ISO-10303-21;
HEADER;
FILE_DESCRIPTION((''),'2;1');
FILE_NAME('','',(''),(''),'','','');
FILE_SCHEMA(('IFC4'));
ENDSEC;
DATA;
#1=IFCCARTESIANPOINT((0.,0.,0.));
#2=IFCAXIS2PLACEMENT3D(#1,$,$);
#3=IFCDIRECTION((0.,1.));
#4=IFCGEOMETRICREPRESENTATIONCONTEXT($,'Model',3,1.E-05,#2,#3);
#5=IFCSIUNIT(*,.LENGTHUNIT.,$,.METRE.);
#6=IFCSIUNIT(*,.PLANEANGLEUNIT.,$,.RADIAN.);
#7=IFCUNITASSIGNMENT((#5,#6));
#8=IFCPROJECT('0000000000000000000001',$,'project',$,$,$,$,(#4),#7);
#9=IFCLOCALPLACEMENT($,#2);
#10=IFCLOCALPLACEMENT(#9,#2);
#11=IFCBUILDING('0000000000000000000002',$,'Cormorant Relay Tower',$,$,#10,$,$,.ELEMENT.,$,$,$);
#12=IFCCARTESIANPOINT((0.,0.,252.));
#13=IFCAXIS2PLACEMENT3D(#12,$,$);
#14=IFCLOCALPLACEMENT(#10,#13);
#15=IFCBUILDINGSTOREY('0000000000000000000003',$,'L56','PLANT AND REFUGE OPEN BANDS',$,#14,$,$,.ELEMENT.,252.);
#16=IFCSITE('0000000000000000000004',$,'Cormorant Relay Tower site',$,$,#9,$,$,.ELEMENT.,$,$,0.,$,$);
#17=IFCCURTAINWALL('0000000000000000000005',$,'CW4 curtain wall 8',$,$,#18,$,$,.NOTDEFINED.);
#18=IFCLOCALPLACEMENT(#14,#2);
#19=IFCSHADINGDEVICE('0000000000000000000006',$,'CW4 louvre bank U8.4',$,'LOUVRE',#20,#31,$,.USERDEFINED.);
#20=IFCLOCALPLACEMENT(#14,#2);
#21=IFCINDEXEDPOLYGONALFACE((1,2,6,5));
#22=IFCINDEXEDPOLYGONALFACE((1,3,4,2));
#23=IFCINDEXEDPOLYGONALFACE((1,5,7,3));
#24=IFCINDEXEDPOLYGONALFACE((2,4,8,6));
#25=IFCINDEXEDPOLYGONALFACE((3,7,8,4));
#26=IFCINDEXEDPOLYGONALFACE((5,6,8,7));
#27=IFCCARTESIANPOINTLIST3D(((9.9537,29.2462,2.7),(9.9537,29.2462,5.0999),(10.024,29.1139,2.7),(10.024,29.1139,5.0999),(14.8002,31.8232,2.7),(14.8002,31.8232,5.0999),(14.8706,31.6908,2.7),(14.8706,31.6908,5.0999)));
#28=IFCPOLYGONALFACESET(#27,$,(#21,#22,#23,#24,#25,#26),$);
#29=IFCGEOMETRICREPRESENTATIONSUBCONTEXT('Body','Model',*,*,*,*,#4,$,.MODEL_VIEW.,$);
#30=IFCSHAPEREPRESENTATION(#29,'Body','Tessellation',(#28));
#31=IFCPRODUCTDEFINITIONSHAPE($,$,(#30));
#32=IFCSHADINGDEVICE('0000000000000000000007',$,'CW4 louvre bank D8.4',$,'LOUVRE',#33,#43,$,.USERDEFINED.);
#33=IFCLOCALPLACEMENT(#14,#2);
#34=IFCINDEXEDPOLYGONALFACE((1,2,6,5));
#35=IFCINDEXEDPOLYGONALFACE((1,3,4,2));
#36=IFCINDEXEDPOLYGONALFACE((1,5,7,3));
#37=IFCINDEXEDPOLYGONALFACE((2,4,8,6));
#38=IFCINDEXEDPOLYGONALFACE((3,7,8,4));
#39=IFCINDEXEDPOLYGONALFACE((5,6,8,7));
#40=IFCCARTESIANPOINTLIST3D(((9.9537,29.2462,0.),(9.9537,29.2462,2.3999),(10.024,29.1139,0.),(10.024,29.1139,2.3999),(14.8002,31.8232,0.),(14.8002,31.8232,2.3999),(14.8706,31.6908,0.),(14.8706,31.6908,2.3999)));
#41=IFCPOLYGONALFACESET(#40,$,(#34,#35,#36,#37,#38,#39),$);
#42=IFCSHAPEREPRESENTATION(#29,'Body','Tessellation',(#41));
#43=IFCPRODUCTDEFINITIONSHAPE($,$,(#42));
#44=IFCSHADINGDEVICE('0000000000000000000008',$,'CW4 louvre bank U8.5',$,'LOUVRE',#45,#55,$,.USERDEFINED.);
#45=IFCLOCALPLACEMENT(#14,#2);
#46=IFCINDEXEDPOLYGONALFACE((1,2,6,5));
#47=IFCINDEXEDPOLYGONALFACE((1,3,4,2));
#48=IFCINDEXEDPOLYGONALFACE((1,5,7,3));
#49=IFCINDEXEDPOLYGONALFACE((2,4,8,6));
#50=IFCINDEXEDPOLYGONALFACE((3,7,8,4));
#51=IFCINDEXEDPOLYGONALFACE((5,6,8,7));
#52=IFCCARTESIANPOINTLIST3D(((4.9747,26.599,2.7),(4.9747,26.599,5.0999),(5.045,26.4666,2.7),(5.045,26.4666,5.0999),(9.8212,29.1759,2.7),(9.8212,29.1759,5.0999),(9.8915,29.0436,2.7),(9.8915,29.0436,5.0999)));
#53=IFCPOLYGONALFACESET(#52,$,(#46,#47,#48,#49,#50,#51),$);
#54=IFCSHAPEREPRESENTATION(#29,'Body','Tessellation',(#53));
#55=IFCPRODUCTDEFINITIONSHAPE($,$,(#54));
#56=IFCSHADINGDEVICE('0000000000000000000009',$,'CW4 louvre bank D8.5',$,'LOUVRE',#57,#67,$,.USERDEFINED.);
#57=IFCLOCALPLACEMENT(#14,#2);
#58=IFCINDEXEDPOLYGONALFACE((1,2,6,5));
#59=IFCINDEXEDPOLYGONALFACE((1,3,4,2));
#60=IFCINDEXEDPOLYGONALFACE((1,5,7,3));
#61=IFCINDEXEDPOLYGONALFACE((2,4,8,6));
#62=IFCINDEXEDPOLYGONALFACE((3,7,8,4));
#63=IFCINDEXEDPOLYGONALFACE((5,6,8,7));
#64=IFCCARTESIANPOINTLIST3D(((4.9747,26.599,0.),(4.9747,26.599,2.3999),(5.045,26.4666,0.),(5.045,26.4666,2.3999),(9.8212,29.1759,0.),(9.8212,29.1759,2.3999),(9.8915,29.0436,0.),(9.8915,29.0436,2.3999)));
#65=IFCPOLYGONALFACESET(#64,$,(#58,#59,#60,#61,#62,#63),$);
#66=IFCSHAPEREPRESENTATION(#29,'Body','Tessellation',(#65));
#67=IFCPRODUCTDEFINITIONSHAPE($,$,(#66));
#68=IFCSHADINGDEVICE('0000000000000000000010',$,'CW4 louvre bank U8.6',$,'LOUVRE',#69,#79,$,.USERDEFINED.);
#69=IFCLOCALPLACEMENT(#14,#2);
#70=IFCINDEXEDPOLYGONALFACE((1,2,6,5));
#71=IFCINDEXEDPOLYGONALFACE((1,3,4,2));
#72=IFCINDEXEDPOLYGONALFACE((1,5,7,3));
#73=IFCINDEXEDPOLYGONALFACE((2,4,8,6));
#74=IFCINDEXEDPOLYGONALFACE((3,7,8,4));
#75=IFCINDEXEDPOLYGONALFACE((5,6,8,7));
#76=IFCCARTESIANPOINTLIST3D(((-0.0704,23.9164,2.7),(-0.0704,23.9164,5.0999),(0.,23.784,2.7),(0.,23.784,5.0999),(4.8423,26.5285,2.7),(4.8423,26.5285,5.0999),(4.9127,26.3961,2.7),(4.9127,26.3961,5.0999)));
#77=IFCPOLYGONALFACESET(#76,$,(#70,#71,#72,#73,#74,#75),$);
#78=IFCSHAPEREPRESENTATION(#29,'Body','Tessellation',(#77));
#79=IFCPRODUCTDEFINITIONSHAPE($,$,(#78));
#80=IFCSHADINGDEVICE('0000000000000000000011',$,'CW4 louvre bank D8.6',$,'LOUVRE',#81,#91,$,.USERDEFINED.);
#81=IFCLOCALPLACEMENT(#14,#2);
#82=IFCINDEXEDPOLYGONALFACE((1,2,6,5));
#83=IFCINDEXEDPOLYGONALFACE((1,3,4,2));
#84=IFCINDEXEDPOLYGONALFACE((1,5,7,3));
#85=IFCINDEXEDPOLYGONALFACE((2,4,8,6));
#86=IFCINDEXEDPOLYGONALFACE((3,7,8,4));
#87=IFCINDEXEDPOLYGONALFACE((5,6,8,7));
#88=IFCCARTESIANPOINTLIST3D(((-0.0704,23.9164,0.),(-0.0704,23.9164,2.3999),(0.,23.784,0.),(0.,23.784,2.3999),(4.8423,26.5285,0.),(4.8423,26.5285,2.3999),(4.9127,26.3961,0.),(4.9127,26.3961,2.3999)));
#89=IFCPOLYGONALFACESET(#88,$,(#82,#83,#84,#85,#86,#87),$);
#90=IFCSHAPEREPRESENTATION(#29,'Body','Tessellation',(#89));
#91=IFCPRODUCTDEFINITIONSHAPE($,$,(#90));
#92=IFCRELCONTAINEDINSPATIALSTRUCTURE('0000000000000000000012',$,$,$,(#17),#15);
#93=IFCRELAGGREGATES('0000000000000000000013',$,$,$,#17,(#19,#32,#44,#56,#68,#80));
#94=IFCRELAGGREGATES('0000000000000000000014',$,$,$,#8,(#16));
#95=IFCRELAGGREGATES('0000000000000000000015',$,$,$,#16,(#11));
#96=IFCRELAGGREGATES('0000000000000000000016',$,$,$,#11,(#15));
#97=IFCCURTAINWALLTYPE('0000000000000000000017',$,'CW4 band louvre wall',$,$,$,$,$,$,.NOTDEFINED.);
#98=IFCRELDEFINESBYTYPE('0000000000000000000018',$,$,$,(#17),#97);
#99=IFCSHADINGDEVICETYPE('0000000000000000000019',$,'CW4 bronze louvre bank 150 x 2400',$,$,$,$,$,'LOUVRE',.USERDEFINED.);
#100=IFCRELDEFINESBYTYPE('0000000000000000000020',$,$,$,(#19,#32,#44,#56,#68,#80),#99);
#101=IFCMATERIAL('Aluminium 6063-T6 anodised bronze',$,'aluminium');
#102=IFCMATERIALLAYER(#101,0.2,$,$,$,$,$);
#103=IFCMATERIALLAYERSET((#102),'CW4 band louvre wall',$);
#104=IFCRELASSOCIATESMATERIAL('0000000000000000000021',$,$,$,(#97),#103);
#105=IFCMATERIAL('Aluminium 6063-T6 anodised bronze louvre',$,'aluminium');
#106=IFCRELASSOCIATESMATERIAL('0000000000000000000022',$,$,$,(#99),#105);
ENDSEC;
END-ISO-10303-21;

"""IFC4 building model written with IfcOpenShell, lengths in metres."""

from ifc_helpers import new_model, si_unit, direction, frame, origin, origin_2d, place, context, subcontext, project, spatial, rectangle, extrude, material, layer, layer_set, type_object, element, aggregate, save


model = new_model("IFC4")

# Units and contexts
model_context = context("Model", 3, precision=1e-05, world=origin(), true_north=direction((0.0, 1.0)))
body_context = subcontext(model_context, "Body", "Model", "MODEL_VIEW")
ifc_project = project(units=[si_unit("LENGTHUNIT", "METRE"), si_unit("PLANEANGLEUNIT", "RADIAN")], contexts=[model_context])

# Site, building, storey
site_placement = place(None, origin())
site = spatial("IfcSite", under=ifc_project, at=site_placement, Name="Cormorant Relay Tower site", CompositionType="ELEMENT", RefElevation=0.0)
building_placement = place(site_placement, origin())
building = spatial("IfcBuilding", under=site, at=building_placement, Name="Cormorant Relay Tower", CompositionType="ELEMENT")
storey_placement = place(building_placement, frame((0.0, 0.0, 252.0)))
storey = spatial("IfcBuildingStorey", under=building, at=storey_placement, Name="L56", Description="PLANT AND REFUGE OPEN BANDS", CompositionType="ELEMENT", Elevation=252.0)

# Curtain wall
ifc_material_1 = material(Name="Aluminium 6063-T6 anodised bronze", Category="aluminium")
ifc_layer_1 = layer(ifc_material_1, 0.2)
ifc_layer_set_1 = layer_set([ifc_layer_1], Name="CW4 band louvre wall")
curtain_wall_type = type_object("IfcCurtainWallType", Name="CW4 band louvre wall", PredefinedType="NOTDEFINED", material=ifc_layer_set_1)
curtain_wall_1_placement = place(storey_placement, origin())
curtain_wall_1 = element("IfcCurtainWall", 1, at=curtain_wall_1_placement, inside=storey, type_object=curtain_wall_type, Name="CW4 curtain wall 8", PredefinedType="NOTDEFINED")

# Shading devices
ifc_material_2 = material(Name="Aluminium 6063-T6 anodised bronze louvre", Category="aluminium")
shading_device_type = type_object("IfcShadingDeviceType", Name="CW4 bronze louvre bank 150 x 2400", ElementType="LOUVRE", PredefinedType="USERDEFINED", material=ifc_material_2)
shading_device_1_placement = place(storey_placement, frame((12.4121, 30.4685, 2.7), z_axis=(0.0, 0.0, 1.0), x_axis=(-0.882948, -0.469472, 0.0)))
shading_device_1 = element("IfcShadingDevice", 2, at=shading_device_1_placement, type_object=shading_device_type, Name="CW4 louvre bank U8.4", ObjectType="LOUVRE", PredefinedType="USERDEFINED", context=body_context, shape_type="SweptSolid", body=[
    extrude(rectangle(XDim=5.489, YDim=0.1499, at=origin_2d()), origin(), (0.0, 0.0, 1.0), 2.3999),
])
shading_device_2_placement = place(storey_placement, frame((12.4121, 30.4685, 0.0), z_axis=(0.0, 0.0, 1.0), x_axis=(-0.882948, -0.469472, 0.0)))
shading_device_2 = element("IfcShadingDevice", 3, at=shading_device_2_placement, type_object=shading_device_type, Name="CW4 louvre bank D8.4", ObjectType="LOUVRE", PredefinedType="USERDEFINED", context=body_context, shape_type="SweptSolid", body=[
    extrude(rectangle(XDim=5.489, YDim=0.1499, at=origin_2d()), origin(), (0.0, 0.0, 1.0), 2.3999),
])
shading_device_3_placement = place(storey_placement, frame((7.4331, 27.8213, 2.7), z_axis=(0.0, 0.0, 1.0), x_axis=(-0.882948, -0.469472, 0.0)))
shading_device_3 = element("IfcShadingDevice", 4, at=shading_device_3_placement, type_object=shading_device_type, Name="CW4 louvre bank U8.5", ObjectType="LOUVRE", PredefinedType="USERDEFINED", context=body_context, shape_type="SweptSolid", body=[
    extrude(rectangle(XDim=5.489, YDim=0.1499, at=origin_2d()), origin(), (0.0, 0.0, 1.0), 2.3999),
])
shading_device_4_placement = place(storey_placement, frame((7.4331, 27.8213, 0.0), z_axis=(0.0, 0.0, 1.0), x_axis=(-0.882948, -0.469472, 0.0)))
shading_device_4 = element("IfcShadingDevice", 5, at=shading_device_4_placement, type_object=shading_device_type, Name="CW4 louvre bank D8.5", ObjectType="LOUVRE", PredefinedType="USERDEFINED", context=body_context, shape_type="SweptSolid", body=[
    extrude(rectangle(XDim=5.489, YDim=0.1499, at=origin_2d()), origin(), (0.0, 0.0, 1.0), 2.3999),
])
shading_device_5_placement = place(storey_placement, frame((2.4211, 25.1562, 2.7), z_axis=(0.0, 0.0, 1.0), x_axis=(-0.882948, -0.469472, 0.0)))
shading_device_5 = element("IfcShadingDevice", 6, at=shading_device_5_placement, type_object=shading_device_type, Name="CW4 louvre bank U8.6", ObjectType="LOUVRE", PredefinedType="USERDEFINED", context=body_context, shape_type="SweptSolid", body=[
    extrude(rectangle(XDim=5.564, YDim=0.1499, at=origin_2d()), origin(), (0.0, 0.0, 1.0), 2.3999),
])
shading_device_6_placement = place(storey_placement, frame((2.4211, 25.1562, 0.0), z_axis=(0.0, 0.0, 1.0), x_axis=(-0.882948, -0.469472, 0.0)))
shading_device_6 = element("IfcShadingDevice", 7, at=shading_device_6_placement, type_object=shading_device_type, Name="CW4 louvre bank D8.6", ObjectType="LOUVRE", PredefinedType="USERDEFINED", context=body_context, shape_type="SweptSolid", body=[
    extrude(rectangle(XDim=5.564, YDim=0.1499, at=origin_2d()), origin(), (0.0, 0.0, 1.0), 2.3999),
])
aggregate(curtain_wall_1, [shading_device_1, shading_device_2, shading_device_3, shading_device_4, shading_device_5, shading_device_6])

save(model, "model.ifc")
